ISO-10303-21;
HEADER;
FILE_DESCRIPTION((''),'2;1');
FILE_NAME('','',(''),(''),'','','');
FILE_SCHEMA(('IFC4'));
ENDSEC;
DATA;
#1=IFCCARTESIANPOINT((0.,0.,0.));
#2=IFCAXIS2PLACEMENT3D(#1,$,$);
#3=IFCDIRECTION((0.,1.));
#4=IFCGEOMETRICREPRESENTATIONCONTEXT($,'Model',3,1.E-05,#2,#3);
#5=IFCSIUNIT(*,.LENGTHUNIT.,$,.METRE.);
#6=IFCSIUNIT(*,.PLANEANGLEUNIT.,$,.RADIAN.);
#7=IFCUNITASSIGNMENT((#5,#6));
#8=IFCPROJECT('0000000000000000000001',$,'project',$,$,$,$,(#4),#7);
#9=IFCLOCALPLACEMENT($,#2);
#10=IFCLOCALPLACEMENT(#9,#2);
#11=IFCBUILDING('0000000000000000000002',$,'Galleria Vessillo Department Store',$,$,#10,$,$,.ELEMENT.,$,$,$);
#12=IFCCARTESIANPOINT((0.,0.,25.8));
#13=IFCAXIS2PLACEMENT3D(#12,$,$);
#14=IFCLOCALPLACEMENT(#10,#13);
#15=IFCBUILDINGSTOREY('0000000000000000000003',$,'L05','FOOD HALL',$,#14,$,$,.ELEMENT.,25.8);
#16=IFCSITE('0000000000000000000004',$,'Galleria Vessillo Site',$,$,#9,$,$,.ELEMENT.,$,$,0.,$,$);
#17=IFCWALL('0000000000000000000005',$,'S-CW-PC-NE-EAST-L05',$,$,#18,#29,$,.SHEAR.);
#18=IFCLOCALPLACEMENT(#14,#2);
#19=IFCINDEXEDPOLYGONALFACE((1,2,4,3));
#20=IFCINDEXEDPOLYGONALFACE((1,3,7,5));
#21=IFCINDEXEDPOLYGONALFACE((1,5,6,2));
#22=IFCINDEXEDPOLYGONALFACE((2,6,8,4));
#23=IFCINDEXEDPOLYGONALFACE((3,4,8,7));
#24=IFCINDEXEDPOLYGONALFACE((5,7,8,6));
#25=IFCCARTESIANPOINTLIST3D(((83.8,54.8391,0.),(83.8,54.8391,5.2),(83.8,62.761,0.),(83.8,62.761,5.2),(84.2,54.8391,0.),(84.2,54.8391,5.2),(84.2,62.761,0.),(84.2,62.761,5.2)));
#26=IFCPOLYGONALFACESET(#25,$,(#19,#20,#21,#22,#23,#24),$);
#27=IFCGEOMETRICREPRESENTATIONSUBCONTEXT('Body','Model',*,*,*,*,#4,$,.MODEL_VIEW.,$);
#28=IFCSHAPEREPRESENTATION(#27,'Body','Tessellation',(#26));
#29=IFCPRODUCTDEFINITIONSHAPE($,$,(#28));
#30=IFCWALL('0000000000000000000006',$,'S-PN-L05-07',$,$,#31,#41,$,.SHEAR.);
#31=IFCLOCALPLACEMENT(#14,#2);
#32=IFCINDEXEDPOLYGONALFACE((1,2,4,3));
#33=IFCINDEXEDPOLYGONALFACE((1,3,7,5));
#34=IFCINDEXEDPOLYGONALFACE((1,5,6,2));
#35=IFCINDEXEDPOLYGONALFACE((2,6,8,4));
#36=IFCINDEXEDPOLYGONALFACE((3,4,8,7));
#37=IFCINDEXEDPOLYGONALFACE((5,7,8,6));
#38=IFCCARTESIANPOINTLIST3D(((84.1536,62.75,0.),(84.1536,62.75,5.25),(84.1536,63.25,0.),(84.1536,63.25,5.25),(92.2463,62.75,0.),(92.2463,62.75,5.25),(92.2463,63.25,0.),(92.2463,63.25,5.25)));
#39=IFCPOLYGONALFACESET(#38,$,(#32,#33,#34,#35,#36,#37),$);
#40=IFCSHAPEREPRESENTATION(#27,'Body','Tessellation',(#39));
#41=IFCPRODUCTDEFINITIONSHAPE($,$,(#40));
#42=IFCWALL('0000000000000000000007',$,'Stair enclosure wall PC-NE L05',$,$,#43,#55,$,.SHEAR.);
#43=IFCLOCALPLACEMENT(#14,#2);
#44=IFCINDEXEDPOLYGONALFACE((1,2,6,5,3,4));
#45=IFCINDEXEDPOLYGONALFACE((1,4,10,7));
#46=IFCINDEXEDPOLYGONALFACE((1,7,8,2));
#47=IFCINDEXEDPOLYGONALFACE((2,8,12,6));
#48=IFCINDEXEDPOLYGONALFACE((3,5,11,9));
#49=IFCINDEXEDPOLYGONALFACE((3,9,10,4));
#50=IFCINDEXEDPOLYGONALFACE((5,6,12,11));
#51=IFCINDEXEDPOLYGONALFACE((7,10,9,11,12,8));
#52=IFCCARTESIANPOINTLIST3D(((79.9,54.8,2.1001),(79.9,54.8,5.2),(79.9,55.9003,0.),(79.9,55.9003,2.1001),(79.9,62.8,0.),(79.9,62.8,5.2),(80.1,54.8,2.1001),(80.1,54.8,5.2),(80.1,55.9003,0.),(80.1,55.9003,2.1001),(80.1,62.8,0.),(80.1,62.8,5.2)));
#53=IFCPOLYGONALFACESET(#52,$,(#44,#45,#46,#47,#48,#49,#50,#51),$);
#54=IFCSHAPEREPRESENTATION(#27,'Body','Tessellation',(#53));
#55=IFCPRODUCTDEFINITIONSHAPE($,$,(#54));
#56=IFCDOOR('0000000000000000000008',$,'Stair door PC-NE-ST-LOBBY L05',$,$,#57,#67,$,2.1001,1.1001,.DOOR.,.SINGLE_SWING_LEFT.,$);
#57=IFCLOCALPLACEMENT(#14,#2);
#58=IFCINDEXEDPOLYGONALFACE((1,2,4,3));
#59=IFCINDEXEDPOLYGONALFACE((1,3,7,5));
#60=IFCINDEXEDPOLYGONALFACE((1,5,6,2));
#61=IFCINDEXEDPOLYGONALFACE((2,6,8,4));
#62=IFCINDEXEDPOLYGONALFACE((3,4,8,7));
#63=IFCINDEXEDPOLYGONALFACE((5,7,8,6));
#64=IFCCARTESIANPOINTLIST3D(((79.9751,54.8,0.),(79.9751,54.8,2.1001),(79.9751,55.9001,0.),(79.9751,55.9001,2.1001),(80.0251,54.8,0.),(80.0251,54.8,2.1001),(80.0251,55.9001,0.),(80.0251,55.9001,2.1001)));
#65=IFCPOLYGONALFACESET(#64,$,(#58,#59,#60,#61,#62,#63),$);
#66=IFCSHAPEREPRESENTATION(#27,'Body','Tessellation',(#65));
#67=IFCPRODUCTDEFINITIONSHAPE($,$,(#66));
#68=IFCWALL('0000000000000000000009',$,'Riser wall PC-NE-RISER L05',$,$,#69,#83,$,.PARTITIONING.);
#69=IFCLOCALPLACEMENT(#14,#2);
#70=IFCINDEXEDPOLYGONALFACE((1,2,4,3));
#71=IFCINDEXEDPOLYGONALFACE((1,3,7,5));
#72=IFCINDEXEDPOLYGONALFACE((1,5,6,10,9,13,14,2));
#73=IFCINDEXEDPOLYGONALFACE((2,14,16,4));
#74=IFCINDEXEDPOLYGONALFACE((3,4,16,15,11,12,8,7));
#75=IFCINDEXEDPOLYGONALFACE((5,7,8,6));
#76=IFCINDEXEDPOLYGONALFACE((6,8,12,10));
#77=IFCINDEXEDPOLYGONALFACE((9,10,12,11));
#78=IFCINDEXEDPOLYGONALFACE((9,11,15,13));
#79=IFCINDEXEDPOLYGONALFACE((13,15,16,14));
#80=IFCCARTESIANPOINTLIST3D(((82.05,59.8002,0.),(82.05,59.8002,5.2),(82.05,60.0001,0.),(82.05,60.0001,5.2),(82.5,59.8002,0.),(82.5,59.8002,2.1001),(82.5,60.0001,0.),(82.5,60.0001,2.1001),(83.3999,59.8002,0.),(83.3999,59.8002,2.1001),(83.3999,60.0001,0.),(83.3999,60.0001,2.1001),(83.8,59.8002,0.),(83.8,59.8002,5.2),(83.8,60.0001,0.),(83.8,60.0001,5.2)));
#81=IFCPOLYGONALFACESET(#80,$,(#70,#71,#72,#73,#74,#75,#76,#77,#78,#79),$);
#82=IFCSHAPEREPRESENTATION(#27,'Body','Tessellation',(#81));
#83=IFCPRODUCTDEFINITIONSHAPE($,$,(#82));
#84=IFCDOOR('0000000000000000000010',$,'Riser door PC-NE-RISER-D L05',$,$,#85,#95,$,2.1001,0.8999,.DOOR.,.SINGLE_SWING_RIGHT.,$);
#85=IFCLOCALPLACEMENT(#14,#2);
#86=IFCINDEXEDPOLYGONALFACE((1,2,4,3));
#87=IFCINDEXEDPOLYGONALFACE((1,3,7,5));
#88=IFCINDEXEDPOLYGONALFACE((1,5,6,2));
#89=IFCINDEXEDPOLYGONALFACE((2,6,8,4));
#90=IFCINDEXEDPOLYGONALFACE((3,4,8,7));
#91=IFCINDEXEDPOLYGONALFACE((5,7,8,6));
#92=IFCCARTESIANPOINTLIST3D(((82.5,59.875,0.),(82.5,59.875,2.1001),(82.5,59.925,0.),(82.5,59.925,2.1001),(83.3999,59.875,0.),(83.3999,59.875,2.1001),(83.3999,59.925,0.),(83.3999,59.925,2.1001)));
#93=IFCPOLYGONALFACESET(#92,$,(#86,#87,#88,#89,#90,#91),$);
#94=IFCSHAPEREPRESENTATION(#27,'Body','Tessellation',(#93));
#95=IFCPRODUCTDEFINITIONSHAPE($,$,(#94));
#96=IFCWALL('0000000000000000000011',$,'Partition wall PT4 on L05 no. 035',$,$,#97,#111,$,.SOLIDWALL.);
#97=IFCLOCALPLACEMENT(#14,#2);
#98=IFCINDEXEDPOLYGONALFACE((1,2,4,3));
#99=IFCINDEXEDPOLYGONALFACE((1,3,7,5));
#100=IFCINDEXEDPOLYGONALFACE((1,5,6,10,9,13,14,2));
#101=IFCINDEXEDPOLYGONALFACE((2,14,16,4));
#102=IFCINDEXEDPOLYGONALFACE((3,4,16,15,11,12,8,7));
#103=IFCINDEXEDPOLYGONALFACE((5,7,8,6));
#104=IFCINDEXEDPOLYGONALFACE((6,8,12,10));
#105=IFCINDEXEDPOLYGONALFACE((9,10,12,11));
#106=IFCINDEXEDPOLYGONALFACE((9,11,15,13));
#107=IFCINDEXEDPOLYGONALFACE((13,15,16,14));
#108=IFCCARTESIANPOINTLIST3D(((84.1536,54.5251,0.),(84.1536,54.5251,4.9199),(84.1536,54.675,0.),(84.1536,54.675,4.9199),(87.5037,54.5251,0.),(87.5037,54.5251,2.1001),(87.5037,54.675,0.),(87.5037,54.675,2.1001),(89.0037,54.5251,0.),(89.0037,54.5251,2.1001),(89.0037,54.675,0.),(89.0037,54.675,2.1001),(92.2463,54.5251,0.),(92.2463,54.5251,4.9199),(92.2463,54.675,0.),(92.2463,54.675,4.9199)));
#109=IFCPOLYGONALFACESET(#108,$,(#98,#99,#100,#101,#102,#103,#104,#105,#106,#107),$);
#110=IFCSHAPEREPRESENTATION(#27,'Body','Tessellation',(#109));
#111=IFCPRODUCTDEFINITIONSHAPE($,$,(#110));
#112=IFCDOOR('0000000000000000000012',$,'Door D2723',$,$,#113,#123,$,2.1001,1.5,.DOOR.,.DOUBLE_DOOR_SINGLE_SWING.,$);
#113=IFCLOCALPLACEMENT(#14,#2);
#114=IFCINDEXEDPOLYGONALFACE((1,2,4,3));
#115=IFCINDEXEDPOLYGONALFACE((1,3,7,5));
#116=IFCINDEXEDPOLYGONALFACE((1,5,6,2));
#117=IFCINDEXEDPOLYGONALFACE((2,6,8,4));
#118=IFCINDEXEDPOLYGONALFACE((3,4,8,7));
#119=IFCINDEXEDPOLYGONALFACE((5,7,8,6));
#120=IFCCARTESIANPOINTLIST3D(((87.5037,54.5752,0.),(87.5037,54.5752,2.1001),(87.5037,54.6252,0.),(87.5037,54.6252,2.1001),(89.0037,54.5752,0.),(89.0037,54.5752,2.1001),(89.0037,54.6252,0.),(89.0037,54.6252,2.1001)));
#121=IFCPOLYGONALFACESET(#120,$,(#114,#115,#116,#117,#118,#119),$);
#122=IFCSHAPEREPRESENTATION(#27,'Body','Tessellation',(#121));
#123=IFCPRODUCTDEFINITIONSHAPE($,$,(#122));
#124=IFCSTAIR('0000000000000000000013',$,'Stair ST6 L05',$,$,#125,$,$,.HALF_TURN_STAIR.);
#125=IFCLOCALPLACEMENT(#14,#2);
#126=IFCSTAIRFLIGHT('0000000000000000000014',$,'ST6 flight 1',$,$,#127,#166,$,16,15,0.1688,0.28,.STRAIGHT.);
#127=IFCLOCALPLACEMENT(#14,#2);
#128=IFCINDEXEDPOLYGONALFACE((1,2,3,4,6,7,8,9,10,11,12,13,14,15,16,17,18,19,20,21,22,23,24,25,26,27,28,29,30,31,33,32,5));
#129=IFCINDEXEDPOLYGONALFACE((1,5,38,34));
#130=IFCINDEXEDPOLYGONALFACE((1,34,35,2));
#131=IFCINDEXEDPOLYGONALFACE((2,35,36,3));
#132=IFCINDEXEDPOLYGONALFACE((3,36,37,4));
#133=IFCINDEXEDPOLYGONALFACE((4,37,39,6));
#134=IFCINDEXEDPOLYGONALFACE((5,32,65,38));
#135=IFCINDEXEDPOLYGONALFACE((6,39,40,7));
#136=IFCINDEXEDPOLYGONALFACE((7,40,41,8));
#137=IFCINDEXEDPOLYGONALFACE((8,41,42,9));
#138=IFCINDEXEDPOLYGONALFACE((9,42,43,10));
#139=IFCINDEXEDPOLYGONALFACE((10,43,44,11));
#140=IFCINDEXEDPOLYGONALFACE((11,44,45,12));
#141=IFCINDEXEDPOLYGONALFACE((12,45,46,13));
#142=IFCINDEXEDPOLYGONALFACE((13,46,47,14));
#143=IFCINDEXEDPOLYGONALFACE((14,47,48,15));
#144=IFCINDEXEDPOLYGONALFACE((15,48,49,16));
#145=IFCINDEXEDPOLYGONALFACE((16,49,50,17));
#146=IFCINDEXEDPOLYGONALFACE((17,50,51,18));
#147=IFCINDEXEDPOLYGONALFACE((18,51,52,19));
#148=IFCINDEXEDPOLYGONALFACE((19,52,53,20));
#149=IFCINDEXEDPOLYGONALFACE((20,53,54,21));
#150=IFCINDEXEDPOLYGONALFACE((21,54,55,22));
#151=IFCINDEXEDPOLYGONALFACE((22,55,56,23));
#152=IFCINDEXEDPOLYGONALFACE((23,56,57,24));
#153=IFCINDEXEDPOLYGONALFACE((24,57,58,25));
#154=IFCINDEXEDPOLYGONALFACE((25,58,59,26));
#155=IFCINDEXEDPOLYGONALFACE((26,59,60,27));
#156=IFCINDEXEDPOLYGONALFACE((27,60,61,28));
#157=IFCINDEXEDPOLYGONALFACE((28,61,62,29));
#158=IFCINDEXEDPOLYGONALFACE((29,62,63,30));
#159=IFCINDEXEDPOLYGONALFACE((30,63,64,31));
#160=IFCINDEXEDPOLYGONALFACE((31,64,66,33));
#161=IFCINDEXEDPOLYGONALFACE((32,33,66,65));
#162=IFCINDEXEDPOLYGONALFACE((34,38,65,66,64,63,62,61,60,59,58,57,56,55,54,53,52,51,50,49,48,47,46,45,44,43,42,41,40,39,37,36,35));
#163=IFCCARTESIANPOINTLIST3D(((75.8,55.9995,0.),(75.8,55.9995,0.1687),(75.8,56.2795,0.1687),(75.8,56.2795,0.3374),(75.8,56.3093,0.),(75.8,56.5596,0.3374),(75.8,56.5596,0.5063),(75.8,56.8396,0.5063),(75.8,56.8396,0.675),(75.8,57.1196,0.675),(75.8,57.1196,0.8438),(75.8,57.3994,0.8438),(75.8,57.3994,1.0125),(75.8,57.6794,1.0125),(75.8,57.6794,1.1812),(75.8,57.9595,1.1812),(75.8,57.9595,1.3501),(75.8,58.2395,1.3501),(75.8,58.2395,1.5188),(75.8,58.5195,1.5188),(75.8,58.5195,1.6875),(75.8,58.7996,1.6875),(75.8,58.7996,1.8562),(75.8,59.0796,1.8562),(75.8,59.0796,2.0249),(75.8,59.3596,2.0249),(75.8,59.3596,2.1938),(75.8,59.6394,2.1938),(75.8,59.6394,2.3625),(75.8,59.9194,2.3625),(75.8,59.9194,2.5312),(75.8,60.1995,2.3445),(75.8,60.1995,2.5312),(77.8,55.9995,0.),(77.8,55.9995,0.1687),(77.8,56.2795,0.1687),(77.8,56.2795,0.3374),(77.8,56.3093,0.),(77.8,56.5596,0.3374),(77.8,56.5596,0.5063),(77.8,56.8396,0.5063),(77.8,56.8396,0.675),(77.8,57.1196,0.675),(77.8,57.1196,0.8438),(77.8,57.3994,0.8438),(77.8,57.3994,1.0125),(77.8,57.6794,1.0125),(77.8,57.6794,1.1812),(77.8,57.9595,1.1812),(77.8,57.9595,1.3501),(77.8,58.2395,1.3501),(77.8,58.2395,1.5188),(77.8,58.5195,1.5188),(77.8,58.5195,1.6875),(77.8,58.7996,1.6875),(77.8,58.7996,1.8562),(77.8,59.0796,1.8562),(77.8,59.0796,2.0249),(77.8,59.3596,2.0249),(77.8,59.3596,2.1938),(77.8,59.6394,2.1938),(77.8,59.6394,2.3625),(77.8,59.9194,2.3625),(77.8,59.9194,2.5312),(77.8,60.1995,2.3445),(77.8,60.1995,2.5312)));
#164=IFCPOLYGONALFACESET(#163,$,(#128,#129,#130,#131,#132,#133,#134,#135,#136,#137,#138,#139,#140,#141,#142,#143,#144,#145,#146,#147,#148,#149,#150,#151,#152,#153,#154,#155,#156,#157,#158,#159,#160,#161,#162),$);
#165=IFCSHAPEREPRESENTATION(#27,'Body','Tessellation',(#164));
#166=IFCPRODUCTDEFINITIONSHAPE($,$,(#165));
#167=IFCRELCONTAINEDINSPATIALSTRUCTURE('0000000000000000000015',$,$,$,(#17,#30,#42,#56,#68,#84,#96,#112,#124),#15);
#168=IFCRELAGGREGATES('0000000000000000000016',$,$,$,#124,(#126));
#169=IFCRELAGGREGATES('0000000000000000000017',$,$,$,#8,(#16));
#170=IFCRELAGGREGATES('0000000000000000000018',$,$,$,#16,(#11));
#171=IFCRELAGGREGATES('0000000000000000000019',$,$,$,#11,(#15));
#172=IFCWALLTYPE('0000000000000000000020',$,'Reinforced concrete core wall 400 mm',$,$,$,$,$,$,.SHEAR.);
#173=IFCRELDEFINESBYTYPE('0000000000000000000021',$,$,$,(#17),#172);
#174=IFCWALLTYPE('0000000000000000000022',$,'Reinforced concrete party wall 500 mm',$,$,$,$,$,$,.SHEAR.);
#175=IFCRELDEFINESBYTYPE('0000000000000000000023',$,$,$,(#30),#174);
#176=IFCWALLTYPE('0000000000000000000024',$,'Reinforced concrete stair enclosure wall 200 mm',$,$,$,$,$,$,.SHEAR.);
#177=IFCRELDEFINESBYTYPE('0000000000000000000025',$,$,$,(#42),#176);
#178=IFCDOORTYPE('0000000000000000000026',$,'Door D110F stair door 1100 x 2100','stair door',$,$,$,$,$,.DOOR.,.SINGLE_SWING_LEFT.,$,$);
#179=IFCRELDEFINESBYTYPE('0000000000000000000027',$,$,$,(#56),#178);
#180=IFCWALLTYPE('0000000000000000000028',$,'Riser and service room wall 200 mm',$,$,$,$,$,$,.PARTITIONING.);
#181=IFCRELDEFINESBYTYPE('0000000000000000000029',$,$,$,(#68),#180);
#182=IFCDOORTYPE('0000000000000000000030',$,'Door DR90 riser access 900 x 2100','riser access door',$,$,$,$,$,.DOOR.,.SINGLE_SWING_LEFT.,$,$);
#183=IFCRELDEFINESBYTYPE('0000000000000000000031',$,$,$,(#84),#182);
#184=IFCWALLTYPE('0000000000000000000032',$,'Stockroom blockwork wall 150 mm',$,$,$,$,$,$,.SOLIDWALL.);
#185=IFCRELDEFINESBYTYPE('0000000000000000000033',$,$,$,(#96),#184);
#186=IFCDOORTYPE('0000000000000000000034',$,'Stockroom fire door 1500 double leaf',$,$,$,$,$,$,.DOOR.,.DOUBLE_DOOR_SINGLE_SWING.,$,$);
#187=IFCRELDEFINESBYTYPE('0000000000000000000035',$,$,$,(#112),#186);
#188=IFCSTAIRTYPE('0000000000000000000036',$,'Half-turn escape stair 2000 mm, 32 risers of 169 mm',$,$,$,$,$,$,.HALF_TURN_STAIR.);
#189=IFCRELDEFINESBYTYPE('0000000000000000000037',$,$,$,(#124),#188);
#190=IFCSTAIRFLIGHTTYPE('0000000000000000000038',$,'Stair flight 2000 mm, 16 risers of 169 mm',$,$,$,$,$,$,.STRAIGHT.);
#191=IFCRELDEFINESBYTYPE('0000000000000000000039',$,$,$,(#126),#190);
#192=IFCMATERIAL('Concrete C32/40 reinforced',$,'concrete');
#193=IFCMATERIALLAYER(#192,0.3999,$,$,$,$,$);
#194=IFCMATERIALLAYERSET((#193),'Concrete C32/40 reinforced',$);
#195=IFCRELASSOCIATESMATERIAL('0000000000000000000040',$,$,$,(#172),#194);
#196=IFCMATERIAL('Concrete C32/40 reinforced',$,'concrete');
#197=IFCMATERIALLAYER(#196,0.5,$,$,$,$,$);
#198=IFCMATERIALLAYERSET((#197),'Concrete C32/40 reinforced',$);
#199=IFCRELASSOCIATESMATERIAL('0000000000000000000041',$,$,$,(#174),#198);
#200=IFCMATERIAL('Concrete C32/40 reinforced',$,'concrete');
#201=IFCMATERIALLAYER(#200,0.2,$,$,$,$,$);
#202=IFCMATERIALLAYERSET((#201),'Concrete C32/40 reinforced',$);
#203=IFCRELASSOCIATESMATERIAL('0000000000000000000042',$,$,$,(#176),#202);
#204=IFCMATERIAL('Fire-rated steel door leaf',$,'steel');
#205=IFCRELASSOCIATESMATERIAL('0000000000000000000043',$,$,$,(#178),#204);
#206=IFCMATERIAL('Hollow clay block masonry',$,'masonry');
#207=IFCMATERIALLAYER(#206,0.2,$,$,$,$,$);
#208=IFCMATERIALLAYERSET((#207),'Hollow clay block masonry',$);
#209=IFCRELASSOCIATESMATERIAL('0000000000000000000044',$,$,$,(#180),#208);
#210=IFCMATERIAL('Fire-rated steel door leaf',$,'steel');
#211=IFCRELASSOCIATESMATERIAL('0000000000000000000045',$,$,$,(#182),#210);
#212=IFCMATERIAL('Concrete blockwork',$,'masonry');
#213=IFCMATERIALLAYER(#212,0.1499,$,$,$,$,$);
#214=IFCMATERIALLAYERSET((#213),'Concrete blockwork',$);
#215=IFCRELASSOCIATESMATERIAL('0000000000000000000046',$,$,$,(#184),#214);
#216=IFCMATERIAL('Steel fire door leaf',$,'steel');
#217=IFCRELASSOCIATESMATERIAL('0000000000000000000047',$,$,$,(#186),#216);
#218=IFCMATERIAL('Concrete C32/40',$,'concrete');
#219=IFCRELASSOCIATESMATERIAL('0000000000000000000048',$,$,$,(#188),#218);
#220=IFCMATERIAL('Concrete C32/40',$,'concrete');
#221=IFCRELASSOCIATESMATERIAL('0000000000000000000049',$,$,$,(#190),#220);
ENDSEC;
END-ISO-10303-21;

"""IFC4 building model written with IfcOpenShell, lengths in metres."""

from ifc_helpers import new_model, si_unit, direction, frame, frame_2d, origin, place, context, subcontext, project, spatial, polyline, rectangle, outline, extrude, material, layer, layer_set, type_object, element, fill, aggregate, save


model = new_model("IFC4")

# Units and contexts
model_context = context("Model", 3, precision=1e-05, world=origin(), true_north=direction((0.0, 1.0)))
body_context = subcontext(model_context, "Body", "Model", "MODEL_VIEW")
ifc_project = project(units=[si_unit("LENGTHUNIT", "METRE"), si_unit("PLANEANGLEUNIT", "RADIAN")], contexts=[model_context])

# Site, building, storey
site_placement = place(None, origin())
site = spatial("IfcSite", under=ifc_project, at=site_placement, Name="Galleria Vessillo Site", CompositionType="ELEMENT", RefElevation=0.0)
building_placement = place(site_placement, origin())
building = spatial("IfcBuilding", under=site, at=building_placement, Name="Galleria Vessillo Department Store", CompositionType="ELEMENT")
storey_placement = place(building_placement, frame((0.0, 0.0, 25.8)))
storey = spatial("IfcBuildingStorey", under=building, at=storey_placement, Name="L05", Description="FOOD HALL", CompositionType="ELEMENT", Elevation=25.8)

# Walls
ifc_material_1 = material(Name="Concrete C32/40 reinforced", Category="concrete")
ifc_layer_1 = layer(ifc_material_1, 0.3999)
ifc_layer_set_1 = layer_set([ifc_layer_1], Name="Concrete C32/40 reinforced")
wall_type_1 = type_object("IfcWallType", Name="Reinforced concrete core wall 400 mm", PredefinedType="SHEAR", material=ifc_layer_set_1)
wall_1_placement = place(storey_placement, frame((84.0, 54.8391, 0.0), z_axis=(0.0, 0.0, 1.0), x_axis=(0.0, 1.0, 0.0)))
element("IfcWall", 1, at=wall_1_placement, inside=storey, type_object=wall_type_1, Name="S-CW-PC-NE-EAST-L05", PredefinedType="SHEAR", context=body_context, shape_type="SweptSolid", body=[
    extrude(rectangle(XDim=7.9219, YDim=0.3999, at=frame_2d((3.9609, 0.0))), origin(), (0.0, 0.0, 1.0), 5.2),
])
ifc_material_2 = material(Name="Concrete C32/40 reinforced", Category="concrete")
ifc_layer_2 = layer(ifc_material_2, 0.5)
ifc_layer_set_2 = layer_set([ifc_layer_2], Name="Concrete C32/40 reinforced")
wall_type_2 = type_object("IfcWallType", Name="Reinforced concrete party wall 500 mm", PredefinedType="SHEAR", material=ifc_layer_set_2)
wall_2_placement = place(storey_placement, frame((84.1536, 63.0, 0.0), z_axis=(0.0, 0.0, 1.0), x_axis=(1.0, 0.0, 0.0)))
element("IfcWall", 2, at=wall_2_placement, inside=storey, type_object=wall_type_2, Name="S-PN-L05-07", PredefinedType="SHEAR", context=body_context, shape_type="SweptSolid", body=[
    extrude(rectangle(XDim=8.0928, YDim=0.5, at=frame_2d((4.0464, 0.0))), origin(), (0.0, 0.0, 1.0), 5.25),
])

# Walls, openings, doors
ifc_material_3 = material(Name="Concrete C32/40 reinforced", Category="concrete")
ifc_layer_3 = layer(ifc_material_3, 0.2)
ifc_layer_set_3 = layer_set([ifc_layer_3], Name="Concrete C32/40 reinforced")
wall_type_3 = type_object("IfcWallType", Name="Reinforced concrete stair enclosure wall 200 mm", PredefinedType="SHEAR", material=ifc_layer_set_3)
wall_3_placement = place(storey_placement, frame((80.0, 62.8, 0.0), z_axis=(0.0, 0.0, 1.0), x_axis=(0.0, -1.0, 0.0)))
wall_3 = element("IfcWall", 3, at=wall_3_placement, inside=storey, type_object=wall_type_3, Name="Stair enclosure wall PC-NE L05", PredefinedType="SHEAR", context=body_context, shape_type="SweptSolid", body=[
    extrude(rectangle(XDim=8.0, YDim=0.2, at=frame_2d((4.0, 0.0))), origin(), (0.0, 0.0, 1.0), 5.2),
])
opening_1_placement = place(wall_3_placement, frame((6.8999, 0.0, 0.0)))
opening_1 = element("IfcOpeningElement", 4, at=opening_1_placement, cuts=wall_3, PredefinedType="OPENING", context=body_context, shape_type="SweptSolid", body=[
    extrude(rectangle(XDim=1.1101, YDim=2.1001, at=frame_2d((0.5549, 1.05))), frame((0.0, 0.1099, 0.0), z_axis=(0.0, -1.0, 0.0), x_axis=(1.0, 0.0, 0.0)), (0.0, 0.0, 1.0), 0.22),
])
ifc_material_4 = material(Name="Fire-rated steel door leaf", Category="steel")
door_type_1 = type_object("IfcDoorType", Name="Door D110F stair door 1100 x 2100", Description="stair door", OperationType="SINGLE_SWING_LEFT", PredefinedType="DOOR", material=ifc_material_4)
door_1_placement = place(opening_1_placement, frame((1.1001, 0.0, 0.0), z_axis=(0.0, 0.0, 1.0), x_axis=(-1.0, 0.0, 0.0)))
door_1 = element("IfcDoor", 5, at=door_1_placement, inside=storey, type_object=door_type_1, Name="Stair door PC-NE-ST-LOBBY L05", OperationType="SINGLE_SWING_LEFT", OverallHeight=2.1001, OverallWidth=1.1001, PredefinedType="DOOR", context=body_context, shape_type="SweptSolid", body=[
    extrude(rectangle(XDim=1.1001, YDim=2.1001, at=frame_2d((0.55, 1.05))), frame((0.0, 0.0249, 0.0), z_axis=(0.0, -1.0, 0.0), x_axis=(1.0, 0.0, 0.0)), (0.0, 0.0, 1.0), 0.05),
])
fill(opening_1, door_1)
ifc_material_5 = material(Name="Hollow clay block masonry", Category="masonry")
ifc_layer_4 = layer(ifc_material_5, 0.2)
ifc_layer_set_4 = layer_set([ifc_layer_4], Name="Hollow clay block masonry")
wall_type_4 = type_object("IfcWallType", Name="Riser and service room wall 200 mm", PredefinedType="PARTITIONING", material=ifc_layer_set_4)
wall_4_placement = place(storey_placement, frame((82.05, 59.9001, 0.0), z_axis=(0.0, 0.0, 1.0), x_axis=(1.0, 0.0, 0.0)))
wall_4 = element("IfcWall", 6, at=wall_4_placement, inside=storey, type_object=wall_type_4, Name="Riser wall PC-NE-RISER L05", PredefinedType="PARTITIONING", context=body_context, shape_type="SweptSolid", body=[
    extrude(rectangle(XDim=1.75, YDim=0.2, at=frame_2d((0.875, 0.0))), origin(), (0.0, 0.0, 1.0), 5.2),
])
opening_2_placement = place(wall_4_placement, frame((0.45, 0.0, 0.0)))
opening_2 = element("IfcOpeningElement", 7, at=opening_2_placement, cuts=wall_4, PredefinedType="OPENING", context=body_context, shape_type="SweptSolid", body=[
    extrude(rectangle(XDim=0.8999, YDim=2.1001, at=frame_2d((0.45, 1.05))), frame((0.0, 0.1099, 0.0), z_axis=(0.0, -1.0, 0.0), x_axis=(1.0, 0.0, 0.0)), (0.0, 0.0, 1.0), 0.22),
])
ifc_material_6 = material(Name="Fire-rated steel door leaf", Category="steel")
door_type_2 = type_object("IfcDoorType", Name="Door DR90 riser access 900 x 2100", Description="riser access door", OperationType="SINGLE_SWING_LEFT", PredefinedType="DOOR", material=ifc_material_6)
door_2_placement = place(opening_2_placement, origin())
door_2 = element("IfcDoor", 8, at=door_2_placement, inside=storey, type_object=door_type_2, Name="Riser door PC-NE-RISER-D L05", OperationType="SINGLE_SWING_RIGHT", OverallHeight=2.1001, OverallWidth=0.8999, PredefinedType="DOOR", context=body_context, shape_type="SweptSolid", body=[
    extrude(rectangle(XDim=0.8999, YDim=2.1001, at=frame_2d((0.45, 1.05))), frame((0.0, 0.0249, 0.0), z_axis=(0.0, -1.0, 0.0), x_axis=(1.0, 0.0, 0.0)), (0.0, 0.0, 1.0), 0.05),
])
fill(opening_2, door_2)
ifc_material_7 = material(Name="Concrete blockwork", Category="masonry")
ifc_layer_5 = layer(ifc_material_7, 0.1499)
ifc_layer_set_5 = layer_set([ifc_layer_5], Name="Concrete blockwork")
wall_type_5 = type_object("IfcWallType", Name="Stockroom blockwork wall 150 mm", PredefinedType="SOLIDWALL", material=ifc_layer_set_5)
wall_5_placement = place(storey_placement, frame((84.1536, 54.6001, 0.0), z_axis=(0.0, 0.0, 1.0), x_axis=(1.0, 0.0, 0.0)))
wall_5 = element("IfcWall", 9, at=wall_5_placement, inside=storey, type_object=wall_type_5, Name="Partition wall PT4 on L05 no. 035", PredefinedType="SOLIDWALL", context=body_context, shape_type="SweptSolid", body=[
    extrude(rectangle(XDim=8.0928, YDim=0.1499, at=frame_2d((4.0464, 0.0))), origin(), (0.0, 0.0, 1.0), 4.9199),
])
opening_3_placement = place(wall_5_placement, frame((3.3501, 0.0, 0.0)))
opening_3 = element("IfcOpeningElement", 10, at=opening_3_placement, cuts=wall_5, PredefinedType="OPENING", context=body_context, shape_type="SweptSolid", body=[
    extrude(rectangle(XDim=1.5, YDim=2.1001, at=frame_2d((0.75, 1.05))), frame((0.0, 0.085, 0.0), z_axis=(0.0, -1.0, 0.0), x_axis=(1.0, 0.0, 0.0)), (0.0, 0.0, 1.0), 0.1699),
])
ifc_material_8 = material(Name="Steel fire door leaf", Category="steel")
door_type_3 = type_object("IfcDoorType", Name="Stockroom fire door 1500 double leaf", OperationType="DOUBLE_DOOR_SINGLE_SWING", PredefinedType="DOOR", material=ifc_material_8)
door_3_placement = place(opening_3_placement, frame((1.5, 0.0, 0.0), z_axis=(0.0, 0.0, 1.0), x_axis=(-1.0, 0.0, 0.0)))
door_3 = element("IfcDoor", 11, at=door_3_placement, inside=storey, type_object=door_type_3, Name="Door D2723", OperationType="DOUBLE_DOOR_SINGLE_SWING", OverallHeight=2.1001, OverallWidth=1.5, PredefinedType="DOOR", context=body_context, shape_type="SweptSolid", body=[
    extrude(rectangle(XDim=1.5, YDim=2.1001, at=frame_2d((0.75, 1.05))), frame((0.0, 0.0249, 0.0), z_axis=(0.0, -1.0, 0.0), x_axis=(1.0, 0.0, 0.0)), (0.0, 0.0, 1.0), 0.05),
])
fill(opening_3, door_3)

# Stair, stair flight
ifc_material_9 = material(Name="Concrete C32/40", Category="concrete")
stair_type = type_object("IfcStairType", Name="Half-turn escape stair 2000 mm, 32 risers of 169 mm", PredefinedType="HALF_TURN_STAIR", material=ifc_material_9)
stair_placement = place(storey_placement, origin())
stair = element("IfcStair", 12, at=stair_placement, inside=storey, type_object=stair_type, Name="Stair ST6 L05", PredefinedType="HALF_TURN_STAIR")
ifc_material_10 = material(Name="Concrete C32/40", Category="concrete")
stair_flight_type = type_object("IfcStairFlightType", Name="Stair flight 2000 mm, 16 risers of 169 mm", PredefinedType="STRAIGHT", material=ifc_material_10)
stair_flight_1_placement = place(storey_placement, frame((76.8, 55.9995, 0.0), z_axis=(0.0, 0.0, 1.0), x_axis=(0.0, 1.0, 0.0)))
stair_flight_1 = element("IfcStairFlight", 13, at=stair_flight_1_placement, type_object=stair_flight_type, Name="ST6 flight 1", NumberOfRisers=16, NumberOfTreads=15, PredefinedType="STRAIGHT", RiserHeight=0.1688, TreadLength=0.28, context=body_context, shape_type="SweptSolid", body=[
    extrude(outline(polyline([(0.0, 0.0), (0.0, 0.1687), (0.28, 0.1687), (0.28, 0.3374), (0.5601, 0.3374), (0.5601, 0.5063), (0.8401, 0.5063), (0.8401, 0.675), (1.1201, 0.675), (1.1201, 0.8438), (1.3999, 0.8438), (1.3999, 1.0125), (1.6799, 1.0125), (1.6799, 1.1812), (1.96, 1.1812), (1.96, 1.3501), (2.24, 1.3501), (2.24, 1.5188), (2.52, 1.5188), (2.52, 1.6875), (2.8, 1.6875), (2.8, 1.8562), (3.0801, 1.8562), (3.0801, 2.0249), (3.3601, 2.0249), (3.3601, 2.1938), (3.6399, 2.1938), (3.6399, 2.3625), (3.9199, 2.3625), (3.9199, 2.5312), (4.2, 2.5312), (4.2, 2.7), (4.2, 2.3445), (0.3098, 0.0), (0.0, 0.0)])), frame((0.0, 1.0, 0.0), z_axis=(0.0, -1.0, 0.0), x_axis=(1.0, 0.0, 0.0)), (0.0, 0.0, 1.0), 2.0),
])
aggregate(stair, [stair_flight_1])

save(model, "model.ifc")
